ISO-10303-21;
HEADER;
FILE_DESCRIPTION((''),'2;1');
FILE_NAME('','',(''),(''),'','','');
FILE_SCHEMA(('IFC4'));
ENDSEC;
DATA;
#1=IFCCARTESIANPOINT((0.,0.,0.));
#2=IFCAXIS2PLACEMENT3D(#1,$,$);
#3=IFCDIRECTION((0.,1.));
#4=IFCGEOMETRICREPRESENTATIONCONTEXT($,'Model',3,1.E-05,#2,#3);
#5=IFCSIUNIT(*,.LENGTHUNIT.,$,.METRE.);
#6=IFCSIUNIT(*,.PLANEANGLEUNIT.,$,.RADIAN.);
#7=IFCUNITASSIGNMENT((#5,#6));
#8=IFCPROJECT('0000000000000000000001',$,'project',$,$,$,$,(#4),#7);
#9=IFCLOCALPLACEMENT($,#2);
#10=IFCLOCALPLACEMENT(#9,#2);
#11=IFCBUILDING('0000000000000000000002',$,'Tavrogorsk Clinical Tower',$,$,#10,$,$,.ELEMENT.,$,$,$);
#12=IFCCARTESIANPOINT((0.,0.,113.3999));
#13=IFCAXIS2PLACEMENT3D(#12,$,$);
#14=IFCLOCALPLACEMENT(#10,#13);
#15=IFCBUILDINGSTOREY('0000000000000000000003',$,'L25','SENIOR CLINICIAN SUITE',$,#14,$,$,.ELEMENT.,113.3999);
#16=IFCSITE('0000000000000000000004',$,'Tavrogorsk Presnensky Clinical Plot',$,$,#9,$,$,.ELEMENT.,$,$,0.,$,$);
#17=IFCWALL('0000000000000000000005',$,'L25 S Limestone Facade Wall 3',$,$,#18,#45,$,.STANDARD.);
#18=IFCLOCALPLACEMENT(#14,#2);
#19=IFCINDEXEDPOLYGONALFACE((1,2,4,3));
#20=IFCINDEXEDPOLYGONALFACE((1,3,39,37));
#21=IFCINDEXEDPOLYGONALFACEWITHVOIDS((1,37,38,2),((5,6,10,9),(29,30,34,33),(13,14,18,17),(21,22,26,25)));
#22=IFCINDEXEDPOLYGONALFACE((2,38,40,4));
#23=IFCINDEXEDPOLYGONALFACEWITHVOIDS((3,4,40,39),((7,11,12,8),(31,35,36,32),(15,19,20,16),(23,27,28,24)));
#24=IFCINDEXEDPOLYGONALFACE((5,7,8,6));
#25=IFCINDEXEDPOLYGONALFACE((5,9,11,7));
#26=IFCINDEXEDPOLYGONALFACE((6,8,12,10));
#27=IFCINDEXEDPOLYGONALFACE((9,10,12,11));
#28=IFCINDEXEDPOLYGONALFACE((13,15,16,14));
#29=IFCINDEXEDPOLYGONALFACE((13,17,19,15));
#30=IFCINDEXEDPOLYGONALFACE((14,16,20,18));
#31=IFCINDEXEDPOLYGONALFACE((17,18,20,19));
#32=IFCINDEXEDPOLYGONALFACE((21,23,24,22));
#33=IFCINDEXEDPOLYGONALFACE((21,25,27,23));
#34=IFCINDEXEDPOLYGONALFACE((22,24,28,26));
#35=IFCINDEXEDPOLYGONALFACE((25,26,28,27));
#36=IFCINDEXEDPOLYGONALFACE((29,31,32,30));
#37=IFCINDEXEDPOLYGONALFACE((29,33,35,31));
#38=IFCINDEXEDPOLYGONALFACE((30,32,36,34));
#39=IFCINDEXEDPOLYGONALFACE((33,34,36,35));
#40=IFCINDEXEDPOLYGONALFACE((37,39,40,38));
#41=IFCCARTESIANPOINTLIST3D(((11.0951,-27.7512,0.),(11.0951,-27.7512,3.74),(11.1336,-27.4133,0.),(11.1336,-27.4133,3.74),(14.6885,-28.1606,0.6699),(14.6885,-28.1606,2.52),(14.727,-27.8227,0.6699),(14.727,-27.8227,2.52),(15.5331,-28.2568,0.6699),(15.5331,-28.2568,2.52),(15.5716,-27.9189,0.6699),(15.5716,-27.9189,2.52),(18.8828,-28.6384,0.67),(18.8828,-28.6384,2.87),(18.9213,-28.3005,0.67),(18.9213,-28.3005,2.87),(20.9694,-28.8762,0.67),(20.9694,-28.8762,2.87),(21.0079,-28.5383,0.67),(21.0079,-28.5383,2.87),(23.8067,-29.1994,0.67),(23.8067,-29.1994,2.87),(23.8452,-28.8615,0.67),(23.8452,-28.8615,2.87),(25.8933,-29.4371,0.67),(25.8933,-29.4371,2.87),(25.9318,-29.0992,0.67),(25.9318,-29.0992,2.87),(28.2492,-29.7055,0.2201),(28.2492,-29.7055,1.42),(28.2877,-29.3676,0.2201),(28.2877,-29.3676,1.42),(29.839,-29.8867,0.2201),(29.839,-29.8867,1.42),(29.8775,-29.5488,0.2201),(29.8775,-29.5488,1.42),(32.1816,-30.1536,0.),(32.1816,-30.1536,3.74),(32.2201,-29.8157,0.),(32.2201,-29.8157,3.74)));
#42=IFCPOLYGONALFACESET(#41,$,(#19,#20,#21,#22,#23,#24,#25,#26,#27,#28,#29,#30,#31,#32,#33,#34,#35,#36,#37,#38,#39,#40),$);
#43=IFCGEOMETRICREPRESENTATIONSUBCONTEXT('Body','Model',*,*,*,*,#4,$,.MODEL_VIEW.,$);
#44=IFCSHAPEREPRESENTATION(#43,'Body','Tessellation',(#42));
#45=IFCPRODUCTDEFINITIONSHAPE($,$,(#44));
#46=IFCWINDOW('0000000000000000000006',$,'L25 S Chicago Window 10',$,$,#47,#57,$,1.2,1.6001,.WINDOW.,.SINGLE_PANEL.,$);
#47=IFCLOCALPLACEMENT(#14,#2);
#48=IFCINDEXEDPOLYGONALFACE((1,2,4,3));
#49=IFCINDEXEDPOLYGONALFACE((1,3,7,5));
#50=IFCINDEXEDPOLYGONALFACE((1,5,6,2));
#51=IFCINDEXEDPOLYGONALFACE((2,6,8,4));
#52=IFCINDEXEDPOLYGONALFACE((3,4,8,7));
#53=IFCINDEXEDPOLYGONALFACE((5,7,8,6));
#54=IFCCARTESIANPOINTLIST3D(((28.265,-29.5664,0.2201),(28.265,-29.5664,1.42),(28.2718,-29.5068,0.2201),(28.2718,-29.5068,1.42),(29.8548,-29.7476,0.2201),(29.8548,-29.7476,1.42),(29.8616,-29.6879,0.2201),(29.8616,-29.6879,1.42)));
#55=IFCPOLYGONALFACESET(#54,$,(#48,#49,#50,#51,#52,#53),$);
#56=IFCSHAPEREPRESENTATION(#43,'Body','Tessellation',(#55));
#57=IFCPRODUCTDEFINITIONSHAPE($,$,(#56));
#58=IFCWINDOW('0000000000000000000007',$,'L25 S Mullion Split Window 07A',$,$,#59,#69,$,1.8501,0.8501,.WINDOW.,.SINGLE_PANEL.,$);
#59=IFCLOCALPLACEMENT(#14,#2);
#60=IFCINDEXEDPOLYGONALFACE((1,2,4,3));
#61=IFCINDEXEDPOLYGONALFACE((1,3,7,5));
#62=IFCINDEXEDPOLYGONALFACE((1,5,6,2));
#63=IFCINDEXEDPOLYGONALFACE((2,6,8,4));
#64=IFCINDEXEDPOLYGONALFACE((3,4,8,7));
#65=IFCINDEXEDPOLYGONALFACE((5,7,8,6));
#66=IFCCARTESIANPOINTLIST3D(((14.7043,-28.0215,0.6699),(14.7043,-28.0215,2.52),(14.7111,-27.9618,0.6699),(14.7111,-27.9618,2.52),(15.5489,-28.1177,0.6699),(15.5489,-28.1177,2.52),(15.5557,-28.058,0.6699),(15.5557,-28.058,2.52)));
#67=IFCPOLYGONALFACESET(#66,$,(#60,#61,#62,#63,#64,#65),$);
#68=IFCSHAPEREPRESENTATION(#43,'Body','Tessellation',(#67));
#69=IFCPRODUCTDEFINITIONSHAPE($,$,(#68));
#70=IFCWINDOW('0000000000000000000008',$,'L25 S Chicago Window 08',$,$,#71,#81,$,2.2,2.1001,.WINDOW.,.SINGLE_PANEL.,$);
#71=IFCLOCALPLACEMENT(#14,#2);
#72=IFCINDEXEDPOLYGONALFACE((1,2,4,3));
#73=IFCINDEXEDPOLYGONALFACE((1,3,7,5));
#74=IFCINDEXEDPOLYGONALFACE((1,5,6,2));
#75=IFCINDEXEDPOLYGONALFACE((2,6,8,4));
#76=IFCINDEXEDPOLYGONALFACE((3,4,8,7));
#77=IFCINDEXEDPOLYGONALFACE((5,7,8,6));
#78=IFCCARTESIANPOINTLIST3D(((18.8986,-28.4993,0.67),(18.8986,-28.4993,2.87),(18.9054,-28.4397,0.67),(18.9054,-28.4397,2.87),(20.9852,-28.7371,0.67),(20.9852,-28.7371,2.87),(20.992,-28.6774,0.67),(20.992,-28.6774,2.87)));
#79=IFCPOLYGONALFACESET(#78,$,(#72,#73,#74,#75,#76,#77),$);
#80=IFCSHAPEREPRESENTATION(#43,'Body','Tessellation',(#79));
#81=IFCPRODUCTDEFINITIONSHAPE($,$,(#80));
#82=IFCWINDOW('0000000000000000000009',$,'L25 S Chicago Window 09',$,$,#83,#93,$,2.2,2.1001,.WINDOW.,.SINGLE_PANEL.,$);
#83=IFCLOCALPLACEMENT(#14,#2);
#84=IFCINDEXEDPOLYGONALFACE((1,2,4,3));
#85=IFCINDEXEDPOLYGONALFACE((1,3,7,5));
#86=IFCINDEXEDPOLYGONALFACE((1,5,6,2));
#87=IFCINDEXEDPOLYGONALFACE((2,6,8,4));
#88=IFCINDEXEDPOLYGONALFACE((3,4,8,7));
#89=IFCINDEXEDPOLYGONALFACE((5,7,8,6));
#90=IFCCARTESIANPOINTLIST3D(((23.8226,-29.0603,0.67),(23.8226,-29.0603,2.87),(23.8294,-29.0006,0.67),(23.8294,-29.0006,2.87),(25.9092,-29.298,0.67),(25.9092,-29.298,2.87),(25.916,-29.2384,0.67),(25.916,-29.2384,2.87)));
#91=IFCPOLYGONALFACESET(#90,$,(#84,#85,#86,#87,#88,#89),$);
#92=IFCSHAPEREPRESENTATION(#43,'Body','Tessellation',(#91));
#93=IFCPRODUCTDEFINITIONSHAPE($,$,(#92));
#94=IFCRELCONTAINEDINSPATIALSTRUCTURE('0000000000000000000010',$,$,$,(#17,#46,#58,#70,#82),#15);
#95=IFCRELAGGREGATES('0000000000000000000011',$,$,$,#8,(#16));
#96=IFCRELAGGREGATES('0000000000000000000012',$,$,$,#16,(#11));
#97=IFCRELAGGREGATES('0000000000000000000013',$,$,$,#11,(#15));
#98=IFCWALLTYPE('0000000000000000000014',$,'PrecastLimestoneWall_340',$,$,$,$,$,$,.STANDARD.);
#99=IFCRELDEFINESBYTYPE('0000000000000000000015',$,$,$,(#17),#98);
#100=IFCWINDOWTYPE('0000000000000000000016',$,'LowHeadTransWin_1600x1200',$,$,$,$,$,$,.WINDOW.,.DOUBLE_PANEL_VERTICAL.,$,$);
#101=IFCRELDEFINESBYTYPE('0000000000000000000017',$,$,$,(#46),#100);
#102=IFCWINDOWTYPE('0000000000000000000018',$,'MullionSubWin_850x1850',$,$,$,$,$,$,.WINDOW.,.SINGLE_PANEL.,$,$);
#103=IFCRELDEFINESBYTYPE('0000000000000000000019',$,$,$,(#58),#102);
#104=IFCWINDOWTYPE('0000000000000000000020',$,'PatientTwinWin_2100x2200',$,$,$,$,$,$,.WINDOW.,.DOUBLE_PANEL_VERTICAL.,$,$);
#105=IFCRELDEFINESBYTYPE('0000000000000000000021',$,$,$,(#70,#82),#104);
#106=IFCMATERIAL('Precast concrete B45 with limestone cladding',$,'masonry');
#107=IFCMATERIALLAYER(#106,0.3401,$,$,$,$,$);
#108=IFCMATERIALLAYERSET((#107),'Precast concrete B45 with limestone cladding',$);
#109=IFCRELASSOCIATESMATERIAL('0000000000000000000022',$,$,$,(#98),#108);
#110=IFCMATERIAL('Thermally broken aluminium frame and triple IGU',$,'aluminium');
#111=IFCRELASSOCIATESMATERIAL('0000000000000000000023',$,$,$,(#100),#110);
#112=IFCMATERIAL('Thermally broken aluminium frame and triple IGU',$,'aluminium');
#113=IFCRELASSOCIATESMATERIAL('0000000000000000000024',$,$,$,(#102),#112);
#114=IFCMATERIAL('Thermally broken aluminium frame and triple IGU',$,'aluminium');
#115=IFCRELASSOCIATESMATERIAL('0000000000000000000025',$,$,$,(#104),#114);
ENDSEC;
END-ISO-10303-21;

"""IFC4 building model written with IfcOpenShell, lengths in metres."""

from ifc_helpers import new_model, si_unit, direction, frame, frame_2d, origin, place, context, subcontext, project, spatial, rectangle, extrude, material, layer, layer_set, type_object, element, fill, save


model = new_model("IFC4")

# Units and contexts
model_context = context("Model", 3, precision=1e-05, world=origin(), true_north=direction((0.0, 1.0)))
body_context = subcontext(model_context, "Body", "Model", "MODEL_VIEW")
ifc_project = project(units=[si_unit("LENGTHUNIT", "METRE"), si_unit("PLANEANGLEUNIT", "RADIAN")], contexts=[model_context])

# Site, building, storey
site_placement = place(None, origin())
site = spatial("IfcSite", under=ifc_project, at=site_placement, Name="Tavrogorsk Presnensky Clinical Plot", CompositionType="ELEMENT", RefElevation=0.0)
building_placement = place(site_placement, origin())
building = spatial("IfcBuilding", under=site, at=building_placement, Name="Tavrogorsk Clinical Tower", CompositionType="ELEMENT")
storey_placement = place(building_placement, frame((0.0, 0.0, 113.3999)))
storey = spatial("IfcBuildingStorey", under=building, at=storey_placement, Name="L25", Description="SENIOR CLINICIAN SUITE", CompositionType="ELEMENT", Elevation=113.3999)

# Wall, openings, windows
ifc_material_1 = material(Name="Precast concrete B45 with limestone cladding", Category="masonry")
ifc_layer_1 = layer(ifc_material_1, 0.3401)
ifc_layer_set_1 = layer_set([ifc_layer_1], Name="Precast concrete B45 with limestone cladding")
wall_type_1 = type_object("IfcWallType", Name="PrecastLimestoneWall_340", PredefinedType="STANDARD", material=ifc_layer_set_1)
wall_1_placement = place(storey_placement, frame((11.1145, -27.5823, 0.0), z_axis=(0.0, 0.0, 1.0), x_axis=(0.993573, -0.113196, 0.0)))
wall_1 = element("IfcWall", 1, at=wall_1_placement, inside=storey, type_object=wall_type_1, Name="L25 S Limestone Facade Wall 3", PredefinedType="STANDARD", context=body_context, shape_type="SweptSolid", body=[
    extrude(rectangle(XDim=21.2229, YDim=0.3401, at=frame_2d((10.6113, 0.0))), origin(), (0.0, 0.0, 1.0), 3.74),
])
opening_1_placement = place(wall_1_placement, frame((3.6165, 0.0, 0.6699)))
opening_1 = element("IfcOpeningElement", 2, at=opening_1_placement, cuts=wall_1, PredefinedType="OPENING", context=body_context, shape_type="SweptSolid", body=[
    extrude(rectangle(XDim=0.8501, YDim=1.8501, at=frame_2d((0.425, 0.925))), frame((0.0, 0.1799, 0.0), z_axis=(0.0, -1.0, 0.0), x_axis=(1.0, 0.0, 0.0)), (0.0, 0.0, 1.0), 0.3601),
])
opening_2_placement = place(wall_1_placement, frame((7.8379, 0.0, 0.6699)))
opening_2 = element("IfcOpeningElement", 3, at=opening_2_placement, cuts=wall_1, PredefinedType="OPENING", context=body_context, shape_type="SweptSolid", body=[
    extrude(rectangle(XDim=2.1001, YDim=2.2, at=frame_2d((1.05, 1.1001))), frame((0.0, 0.1799, 0.0), z_axis=(0.0, -1.0, 0.0), x_axis=(1.0, 0.0, 0.0)), (0.0, 0.0, 1.0), 0.3601),
])
opening_3_placement = place(wall_1_placement, frame((12.7937, 0.0, 0.6699)))
opening_3 = element("IfcOpeningElement", 4, at=opening_3_placement, cuts=wall_1, PredefinedType="OPENING", context=body_context, shape_type="SweptSolid", body=[
    extrude(rectangle(XDim=2.1001, YDim=2.2, at=frame_2d((1.05, 1.1001))), frame((0.0, 0.1799, 0.0), z_axis=(0.0, -1.0, 0.0), x_axis=(1.0, 0.0, 0.0)), (0.0, 0.0, 1.0), 0.3601),
])
opening_4_placement = place(wall_1_placement, frame((17.2649, 0.0, 0.22)))
opening_4 = element("IfcOpeningElement", 5, at=opening_4_placement, cuts=wall_1, PredefinedType="OPENING", context=body_context, shape_type="SweptSolid", body=[
    extrude(rectangle(XDim=1.6001, YDim=1.2, at=frame_2d((0.8, 0.6001))), frame((0.0, 0.1799, 0.0), z_axis=(0.0, -1.0, 0.0), x_axis=(1.0, 0.0, 0.0)), (0.0, 0.0, 1.0), 0.3601),
])
ifc_material_2 = material(Name="Thermally broken aluminium frame and triple IGU", Category="aluminium")
window_type_1 = type_object("IfcWindowType", Name="LowHeadTransWin_1600x1200", PartitioningType="DOUBLE_PANEL_VERTICAL", PredefinedType="WINDOW", material=ifc_material_2)
window_1_placement = place(opening_4_placement, origin())
window_1 = element("IfcWindow", 6, at=window_1_placement, inside=storey, type_object=window_type_1, Name="L25 S Chicago Window 10", OverallHeight=1.2, OverallWidth=1.6001, PartitioningType="SINGLE_PANEL", PredefinedType="WINDOW", context=body_context, shape_type="SweptSolid", body=[
    extrude(rectangle(XDim=1.6001, YDim=1.2, at=frame_2d((0.8, 0.6001))), frame((0.0, 0.03, 0.0), z_axis=(0.0, -1.0, 0.0), x_axis=(1.0, 0.0, 0.0)), (0.0, 0.0, 1.0), 0.0601),
])
fill(opening_4, window_1)
ifc_material_3 = material(Name="Thermally broken aluminium frame and triple IGU", Category="aluminium")
window_type_2 = type_object("IfcWindowType", Name="MullionSubWin_850x1850", PartitioningType="SINGLE_PANEL", PredefinedType="WINDOW", material=ifc_material_3)
window_2_placement = place(opening_1_placement, origin())
window_2 = element("IfcWindow", 7, at=window_2_placement, inside=storey, type_object=window_type_2, Name="L25 S Mullion Split Window 07A", OverallHeight=1.8501, OverallWidth=0.8501, PartitioningType="SINGLE_PANEL", PredefinedType="WINDOW", context=body_context, shape_type="SweptSolid", body=[
    extrude(rectangle(XDim=0.8501, YDim=1.8501, at=frame_2d((0.425, 0.925))), frame((0.0, 0.03, 0.0), z_axis=(0.0, -1.0, 0.0), x_axis=(1.0, 0.0, 0.0)), (0.0, 0.0, 1.0), 0.0601),
])
fill(opening_1, window_2)
ifc_material_4 = material(Name="Thermally broken aluminium frame and triple IGU", Category="aluminium")
window_type_3 = type_object("IfcWindowType", Name="PatientTwinWin_2100x2200", PartitioningType="DOUBLE_PANEL_VERTICAL", PredefinedType="WINDOW", material=ifc_material_4)
window_3_placement = place(opening_2_placement, origin())
window_3 = element("IfcWindow", 8, at=window_3_placement, inside=storey, type_object=window_type_3, Name="L25 S Chicago Window 08", OverallHeight=2.2, OverallWidth=2.1001, PartitioningType="SINGLE_PANEL", PredefinedType="WINDOW", context=body_context, shape_type="SweptSolid", body=[
    extrude(rectangle(XDim=2.1001, YDim=2.2, at=frame_2d((1.05, 1.1001))), frame((0.0, 0.03, 0.0), z_axis=(0.0, -1.0, 0.0), x_axis=(1.0, 0.0, 0.0)), (0.0, 0.0, 1.0), 0.0601),
])
fill(opening_2, window_3)
window_4_placement = place(opening_3_placement, origin())
window_4 = element("IfcWindow", 9, at=window_4_placement, inside=storey, type_object=window_type_3, Name="L25 S Chicago Window 09", OverallHeight=2.2, OverallWidth=2.1001, PartitioningType="SINGLE_PANEL", PredefinedType="WINDOW", context=body_context, shape_type="SweptSolid", body=[
    extrude(rectangle(XDim=2.1001, YDim=2.2, at=frame_2d((1.05, 1.1001))), frame((0.0, 0.03, 0.0), z_axis=(0.0, -1.0, 0.0), x_axis=(1.0, 0.0, 0.0)), (0.0, 0.0, 1.0), 0.0601),
])
fill(opening_3, window_4)

save(model, "model.ifc")
